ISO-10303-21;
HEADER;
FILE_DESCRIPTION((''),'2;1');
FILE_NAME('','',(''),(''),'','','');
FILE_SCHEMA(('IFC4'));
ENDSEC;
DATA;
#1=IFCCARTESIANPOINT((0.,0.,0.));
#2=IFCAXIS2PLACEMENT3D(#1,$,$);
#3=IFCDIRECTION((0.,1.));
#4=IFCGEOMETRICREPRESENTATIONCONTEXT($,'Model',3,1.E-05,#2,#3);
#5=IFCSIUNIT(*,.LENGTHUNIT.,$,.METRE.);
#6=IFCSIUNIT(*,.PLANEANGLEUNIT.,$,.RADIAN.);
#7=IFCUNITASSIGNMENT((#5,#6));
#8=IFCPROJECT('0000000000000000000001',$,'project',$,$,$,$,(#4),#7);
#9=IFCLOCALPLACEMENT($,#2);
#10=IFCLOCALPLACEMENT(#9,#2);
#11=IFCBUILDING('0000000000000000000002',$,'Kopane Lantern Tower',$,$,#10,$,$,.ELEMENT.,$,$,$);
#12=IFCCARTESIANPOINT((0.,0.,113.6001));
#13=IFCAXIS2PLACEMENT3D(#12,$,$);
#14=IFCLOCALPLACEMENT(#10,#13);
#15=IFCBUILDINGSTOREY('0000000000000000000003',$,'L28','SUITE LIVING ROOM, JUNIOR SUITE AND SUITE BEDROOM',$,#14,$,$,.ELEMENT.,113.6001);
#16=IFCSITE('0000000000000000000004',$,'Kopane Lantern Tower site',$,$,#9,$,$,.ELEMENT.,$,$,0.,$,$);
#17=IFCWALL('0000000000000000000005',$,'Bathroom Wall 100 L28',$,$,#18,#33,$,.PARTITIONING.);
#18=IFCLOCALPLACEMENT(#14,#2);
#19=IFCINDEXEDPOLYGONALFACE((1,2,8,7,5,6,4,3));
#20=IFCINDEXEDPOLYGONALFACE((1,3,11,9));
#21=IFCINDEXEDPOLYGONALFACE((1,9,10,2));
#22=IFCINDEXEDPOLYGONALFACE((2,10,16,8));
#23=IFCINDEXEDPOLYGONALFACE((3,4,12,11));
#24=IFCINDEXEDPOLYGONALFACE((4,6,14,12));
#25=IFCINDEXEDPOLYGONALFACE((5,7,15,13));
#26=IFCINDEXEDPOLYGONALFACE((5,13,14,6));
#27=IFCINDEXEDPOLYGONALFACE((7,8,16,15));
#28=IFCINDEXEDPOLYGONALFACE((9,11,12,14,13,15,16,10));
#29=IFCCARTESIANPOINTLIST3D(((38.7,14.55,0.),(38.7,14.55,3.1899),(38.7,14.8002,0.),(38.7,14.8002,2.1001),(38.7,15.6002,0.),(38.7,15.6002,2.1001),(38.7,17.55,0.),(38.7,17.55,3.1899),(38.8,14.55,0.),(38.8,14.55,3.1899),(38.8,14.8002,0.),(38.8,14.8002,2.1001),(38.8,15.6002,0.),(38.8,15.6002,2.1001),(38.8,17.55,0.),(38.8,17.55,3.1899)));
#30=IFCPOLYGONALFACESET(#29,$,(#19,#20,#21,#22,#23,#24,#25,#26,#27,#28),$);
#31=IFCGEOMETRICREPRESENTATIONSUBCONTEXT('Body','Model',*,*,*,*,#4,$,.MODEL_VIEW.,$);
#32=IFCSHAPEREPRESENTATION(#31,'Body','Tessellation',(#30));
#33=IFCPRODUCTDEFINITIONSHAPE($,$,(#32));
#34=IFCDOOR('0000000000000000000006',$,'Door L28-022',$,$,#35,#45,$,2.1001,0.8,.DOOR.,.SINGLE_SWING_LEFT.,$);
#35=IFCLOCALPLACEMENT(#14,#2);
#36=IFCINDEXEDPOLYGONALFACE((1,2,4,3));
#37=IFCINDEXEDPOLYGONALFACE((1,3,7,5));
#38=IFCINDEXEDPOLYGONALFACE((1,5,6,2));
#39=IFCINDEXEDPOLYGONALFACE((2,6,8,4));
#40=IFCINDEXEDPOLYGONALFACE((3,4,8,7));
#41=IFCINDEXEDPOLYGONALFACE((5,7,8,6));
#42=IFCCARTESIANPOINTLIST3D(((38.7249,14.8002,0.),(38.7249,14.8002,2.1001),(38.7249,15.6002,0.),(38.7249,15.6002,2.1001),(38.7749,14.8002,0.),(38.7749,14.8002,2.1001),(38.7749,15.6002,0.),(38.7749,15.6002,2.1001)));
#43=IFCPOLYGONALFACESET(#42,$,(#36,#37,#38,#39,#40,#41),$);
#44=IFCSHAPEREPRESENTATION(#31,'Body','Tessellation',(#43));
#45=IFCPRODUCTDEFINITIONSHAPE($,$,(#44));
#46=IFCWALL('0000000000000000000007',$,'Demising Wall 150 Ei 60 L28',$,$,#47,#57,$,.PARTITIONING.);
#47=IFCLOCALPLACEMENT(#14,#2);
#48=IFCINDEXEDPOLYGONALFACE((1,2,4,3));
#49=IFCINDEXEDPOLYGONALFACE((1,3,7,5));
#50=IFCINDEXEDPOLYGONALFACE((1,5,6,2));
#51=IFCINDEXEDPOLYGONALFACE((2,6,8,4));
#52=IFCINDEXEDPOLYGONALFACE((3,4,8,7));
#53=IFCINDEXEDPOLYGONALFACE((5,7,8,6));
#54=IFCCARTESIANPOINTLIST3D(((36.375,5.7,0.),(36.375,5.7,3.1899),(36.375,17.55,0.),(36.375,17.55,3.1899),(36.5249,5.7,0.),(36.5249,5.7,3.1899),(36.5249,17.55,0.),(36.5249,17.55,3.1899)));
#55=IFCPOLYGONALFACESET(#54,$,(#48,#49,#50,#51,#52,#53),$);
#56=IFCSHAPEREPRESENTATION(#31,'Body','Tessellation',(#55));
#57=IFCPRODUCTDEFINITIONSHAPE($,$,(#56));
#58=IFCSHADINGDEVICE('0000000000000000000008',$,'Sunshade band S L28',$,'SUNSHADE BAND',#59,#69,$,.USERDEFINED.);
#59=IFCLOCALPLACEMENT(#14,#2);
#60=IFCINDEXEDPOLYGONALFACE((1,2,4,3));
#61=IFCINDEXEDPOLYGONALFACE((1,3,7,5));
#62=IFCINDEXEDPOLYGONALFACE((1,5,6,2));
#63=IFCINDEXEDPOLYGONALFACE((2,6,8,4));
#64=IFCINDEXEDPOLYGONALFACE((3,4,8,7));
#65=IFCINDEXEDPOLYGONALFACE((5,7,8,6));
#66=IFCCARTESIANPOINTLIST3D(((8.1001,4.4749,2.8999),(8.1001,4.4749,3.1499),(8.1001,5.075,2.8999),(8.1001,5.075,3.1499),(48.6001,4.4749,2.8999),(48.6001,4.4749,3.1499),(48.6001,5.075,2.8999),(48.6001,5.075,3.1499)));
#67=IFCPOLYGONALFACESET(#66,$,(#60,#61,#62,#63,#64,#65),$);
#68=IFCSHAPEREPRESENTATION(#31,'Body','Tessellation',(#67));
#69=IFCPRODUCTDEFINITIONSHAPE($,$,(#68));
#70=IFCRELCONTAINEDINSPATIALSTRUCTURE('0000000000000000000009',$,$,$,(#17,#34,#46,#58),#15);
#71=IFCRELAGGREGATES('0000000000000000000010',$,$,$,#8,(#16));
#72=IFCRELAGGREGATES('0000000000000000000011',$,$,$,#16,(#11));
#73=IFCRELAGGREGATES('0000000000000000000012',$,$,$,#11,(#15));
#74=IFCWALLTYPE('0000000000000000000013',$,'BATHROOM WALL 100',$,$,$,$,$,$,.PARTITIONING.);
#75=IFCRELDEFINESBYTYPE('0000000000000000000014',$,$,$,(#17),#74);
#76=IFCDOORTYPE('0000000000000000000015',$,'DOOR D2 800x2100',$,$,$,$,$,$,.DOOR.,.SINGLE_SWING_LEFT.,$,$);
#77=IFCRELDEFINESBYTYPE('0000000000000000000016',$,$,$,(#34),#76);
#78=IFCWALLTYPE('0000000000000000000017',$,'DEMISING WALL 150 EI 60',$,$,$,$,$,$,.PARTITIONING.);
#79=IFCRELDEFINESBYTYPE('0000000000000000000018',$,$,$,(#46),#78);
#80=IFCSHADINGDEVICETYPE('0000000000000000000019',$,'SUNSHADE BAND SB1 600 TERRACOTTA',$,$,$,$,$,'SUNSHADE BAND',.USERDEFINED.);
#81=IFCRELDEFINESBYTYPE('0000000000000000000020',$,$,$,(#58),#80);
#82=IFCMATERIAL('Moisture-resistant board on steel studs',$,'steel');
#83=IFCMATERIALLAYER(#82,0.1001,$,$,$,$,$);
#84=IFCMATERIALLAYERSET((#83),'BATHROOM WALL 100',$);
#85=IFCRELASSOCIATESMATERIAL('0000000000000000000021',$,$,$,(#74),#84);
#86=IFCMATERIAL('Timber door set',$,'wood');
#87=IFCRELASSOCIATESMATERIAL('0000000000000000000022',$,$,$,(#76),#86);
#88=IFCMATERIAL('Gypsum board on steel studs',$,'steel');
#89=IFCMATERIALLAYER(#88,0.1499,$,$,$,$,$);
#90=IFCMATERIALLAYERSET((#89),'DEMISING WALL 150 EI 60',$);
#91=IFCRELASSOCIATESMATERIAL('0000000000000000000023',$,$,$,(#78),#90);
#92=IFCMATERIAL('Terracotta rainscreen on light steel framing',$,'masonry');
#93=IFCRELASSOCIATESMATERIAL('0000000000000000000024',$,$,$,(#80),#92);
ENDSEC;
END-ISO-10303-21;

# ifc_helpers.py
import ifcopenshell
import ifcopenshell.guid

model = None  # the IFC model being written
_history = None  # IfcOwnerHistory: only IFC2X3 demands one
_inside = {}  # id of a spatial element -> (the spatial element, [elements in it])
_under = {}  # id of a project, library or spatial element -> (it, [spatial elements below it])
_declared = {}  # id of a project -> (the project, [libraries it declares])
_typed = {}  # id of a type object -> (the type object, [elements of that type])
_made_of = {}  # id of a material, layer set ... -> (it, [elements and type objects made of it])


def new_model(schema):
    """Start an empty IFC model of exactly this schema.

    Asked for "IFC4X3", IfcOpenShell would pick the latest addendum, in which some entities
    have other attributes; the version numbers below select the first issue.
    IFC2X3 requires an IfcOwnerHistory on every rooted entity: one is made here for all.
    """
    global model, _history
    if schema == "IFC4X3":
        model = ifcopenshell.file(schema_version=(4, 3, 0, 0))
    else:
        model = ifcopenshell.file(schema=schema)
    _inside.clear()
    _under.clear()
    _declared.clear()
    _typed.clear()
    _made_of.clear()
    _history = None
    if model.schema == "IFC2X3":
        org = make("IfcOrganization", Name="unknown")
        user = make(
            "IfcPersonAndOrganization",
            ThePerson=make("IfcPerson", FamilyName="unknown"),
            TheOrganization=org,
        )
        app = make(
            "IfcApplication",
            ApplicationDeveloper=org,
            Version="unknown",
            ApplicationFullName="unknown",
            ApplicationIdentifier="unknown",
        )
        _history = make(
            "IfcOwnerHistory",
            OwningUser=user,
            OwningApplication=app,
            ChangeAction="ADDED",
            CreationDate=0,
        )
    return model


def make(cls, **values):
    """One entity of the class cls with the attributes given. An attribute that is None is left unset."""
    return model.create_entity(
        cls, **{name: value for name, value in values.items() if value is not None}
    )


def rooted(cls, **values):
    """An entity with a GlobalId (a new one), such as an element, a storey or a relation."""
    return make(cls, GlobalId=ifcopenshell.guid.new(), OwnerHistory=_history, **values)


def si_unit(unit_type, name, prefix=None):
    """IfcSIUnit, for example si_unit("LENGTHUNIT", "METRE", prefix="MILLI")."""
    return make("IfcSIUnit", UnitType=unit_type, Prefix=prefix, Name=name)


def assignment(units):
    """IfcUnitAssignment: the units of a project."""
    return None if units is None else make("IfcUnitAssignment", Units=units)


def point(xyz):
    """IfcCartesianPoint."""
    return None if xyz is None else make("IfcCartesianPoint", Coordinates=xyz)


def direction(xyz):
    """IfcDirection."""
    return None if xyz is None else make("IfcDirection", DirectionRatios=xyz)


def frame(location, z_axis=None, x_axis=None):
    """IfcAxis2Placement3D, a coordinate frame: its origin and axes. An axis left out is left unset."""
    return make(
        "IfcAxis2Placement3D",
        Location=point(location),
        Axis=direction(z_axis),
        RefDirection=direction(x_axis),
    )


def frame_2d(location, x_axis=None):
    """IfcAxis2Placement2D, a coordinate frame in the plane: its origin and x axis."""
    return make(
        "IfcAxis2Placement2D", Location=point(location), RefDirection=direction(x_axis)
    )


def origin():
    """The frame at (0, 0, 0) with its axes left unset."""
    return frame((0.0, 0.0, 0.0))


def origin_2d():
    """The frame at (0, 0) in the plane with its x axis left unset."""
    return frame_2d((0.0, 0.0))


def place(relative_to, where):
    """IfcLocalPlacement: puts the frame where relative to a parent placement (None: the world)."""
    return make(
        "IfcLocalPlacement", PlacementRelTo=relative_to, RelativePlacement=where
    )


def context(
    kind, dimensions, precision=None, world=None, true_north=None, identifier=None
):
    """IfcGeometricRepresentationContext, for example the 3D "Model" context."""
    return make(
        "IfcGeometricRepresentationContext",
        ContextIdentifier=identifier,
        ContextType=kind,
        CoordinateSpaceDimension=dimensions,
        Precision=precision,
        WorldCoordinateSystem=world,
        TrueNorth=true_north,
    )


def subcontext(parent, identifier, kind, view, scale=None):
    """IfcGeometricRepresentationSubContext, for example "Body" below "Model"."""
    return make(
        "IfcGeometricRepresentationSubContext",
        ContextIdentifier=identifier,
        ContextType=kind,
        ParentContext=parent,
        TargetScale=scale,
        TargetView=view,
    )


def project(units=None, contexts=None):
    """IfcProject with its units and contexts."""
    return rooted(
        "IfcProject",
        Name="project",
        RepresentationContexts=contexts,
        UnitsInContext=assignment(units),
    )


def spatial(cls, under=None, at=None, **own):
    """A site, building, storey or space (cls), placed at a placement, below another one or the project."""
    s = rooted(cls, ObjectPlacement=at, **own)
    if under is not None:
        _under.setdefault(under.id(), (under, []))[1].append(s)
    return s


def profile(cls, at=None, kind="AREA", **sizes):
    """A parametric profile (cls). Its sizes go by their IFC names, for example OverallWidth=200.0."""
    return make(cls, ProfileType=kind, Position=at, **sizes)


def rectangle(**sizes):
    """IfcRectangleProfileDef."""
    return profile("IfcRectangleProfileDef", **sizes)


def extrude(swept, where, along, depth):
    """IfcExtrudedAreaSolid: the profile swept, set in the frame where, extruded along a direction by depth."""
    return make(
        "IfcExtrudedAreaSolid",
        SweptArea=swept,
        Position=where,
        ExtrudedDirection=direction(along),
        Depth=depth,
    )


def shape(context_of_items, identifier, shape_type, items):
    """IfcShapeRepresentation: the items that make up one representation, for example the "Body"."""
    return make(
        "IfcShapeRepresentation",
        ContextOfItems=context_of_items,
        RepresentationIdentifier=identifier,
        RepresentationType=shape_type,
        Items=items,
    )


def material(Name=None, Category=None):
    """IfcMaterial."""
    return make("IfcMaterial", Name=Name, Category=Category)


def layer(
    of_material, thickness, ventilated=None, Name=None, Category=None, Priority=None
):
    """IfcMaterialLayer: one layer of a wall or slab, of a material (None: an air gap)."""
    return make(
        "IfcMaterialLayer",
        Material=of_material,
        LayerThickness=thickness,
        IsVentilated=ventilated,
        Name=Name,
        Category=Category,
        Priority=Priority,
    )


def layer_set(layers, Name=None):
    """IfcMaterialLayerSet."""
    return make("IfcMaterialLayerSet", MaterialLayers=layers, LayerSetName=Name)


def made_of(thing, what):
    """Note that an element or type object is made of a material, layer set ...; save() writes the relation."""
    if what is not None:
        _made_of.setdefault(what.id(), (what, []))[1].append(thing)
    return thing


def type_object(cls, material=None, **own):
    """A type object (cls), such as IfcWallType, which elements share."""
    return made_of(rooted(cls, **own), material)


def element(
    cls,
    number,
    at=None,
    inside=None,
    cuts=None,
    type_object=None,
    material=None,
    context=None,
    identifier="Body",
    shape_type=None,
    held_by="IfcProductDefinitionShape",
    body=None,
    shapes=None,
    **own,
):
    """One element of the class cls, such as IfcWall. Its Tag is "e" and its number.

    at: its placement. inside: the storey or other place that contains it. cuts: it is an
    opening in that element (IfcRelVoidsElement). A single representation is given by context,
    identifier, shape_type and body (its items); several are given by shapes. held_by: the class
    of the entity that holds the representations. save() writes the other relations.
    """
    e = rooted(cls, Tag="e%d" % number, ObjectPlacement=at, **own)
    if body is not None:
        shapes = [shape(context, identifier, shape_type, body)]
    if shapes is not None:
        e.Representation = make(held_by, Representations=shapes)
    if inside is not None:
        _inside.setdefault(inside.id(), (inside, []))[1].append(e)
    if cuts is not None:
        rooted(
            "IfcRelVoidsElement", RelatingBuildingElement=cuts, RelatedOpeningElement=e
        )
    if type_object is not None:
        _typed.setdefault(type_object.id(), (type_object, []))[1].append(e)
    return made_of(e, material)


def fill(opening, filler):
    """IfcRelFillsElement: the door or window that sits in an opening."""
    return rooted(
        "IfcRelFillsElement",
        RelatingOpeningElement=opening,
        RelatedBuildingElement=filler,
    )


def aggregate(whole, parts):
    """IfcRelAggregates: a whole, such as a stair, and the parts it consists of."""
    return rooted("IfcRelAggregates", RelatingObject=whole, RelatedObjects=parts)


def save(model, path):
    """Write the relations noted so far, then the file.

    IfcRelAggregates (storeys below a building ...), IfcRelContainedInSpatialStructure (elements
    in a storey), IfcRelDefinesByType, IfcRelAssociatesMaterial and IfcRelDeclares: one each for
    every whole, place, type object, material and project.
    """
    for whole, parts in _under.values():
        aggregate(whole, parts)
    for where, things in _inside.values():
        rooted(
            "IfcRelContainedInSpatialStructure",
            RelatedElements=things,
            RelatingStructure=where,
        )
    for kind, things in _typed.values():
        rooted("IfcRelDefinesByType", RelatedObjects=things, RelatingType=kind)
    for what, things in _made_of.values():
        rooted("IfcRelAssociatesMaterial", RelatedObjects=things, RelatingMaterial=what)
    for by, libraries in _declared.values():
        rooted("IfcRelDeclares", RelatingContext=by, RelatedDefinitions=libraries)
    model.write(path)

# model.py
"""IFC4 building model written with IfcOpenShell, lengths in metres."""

from ifc_helpers import new_model, si_unit, direction, frame, frame_2d, origin, origin_2d, place, context, subcontext, project, spatial, rectangle, extrude, material, layer, layer_set, type_object, element, fill, save


model = new_model("IFC4")

# Units and contexts
model_context = context("Model", 3, precision=1e-05, world=origin(), true_north=direction((0.0, 1.0)))
body_context = subcontext(model_context, "Body", "Model", "MODEL_VIEW")
ifc_project = project(units=[si_unit("LENGTHUNIT", "METRE"), si_unit("PLANEANGLEUNIT", "RADIAN")], contexts=[model_context])

# Site, building, storey
site_placement = place(None, origin())
site = spatial("IfcSite", under=ifc_project, at=site_placement, Name="Kopane Lantern Tower site", CompositionType="ELEMENT", RefElevation=0.0)
building_placement = place(site_placement, origin())
building = spatial("IfcBuilding", under=site, at=building_placement, Name="Kopane Lantern Tower", CompositionType="ELEMENT")
storey_placement = place(building_placement, frame((0.0, 0.0, 113.6001)))
storey = spatial("IfcBuildingStorey", under=building, at=storey_placement, Name="L28", Description="SUITE LIVING ROOM, JUNIOR SUITE AND SUITE BEDROOM", CompositionType="ELEMENT", Elevation=113.6001)

# Shared definitions
ifc_material_1 = material(Name="Moisture-resistant board on steel studs", Category="steel")
ifc_layer_1 = layer(ifc_material_1, 0.1001)
ifc_layer_set_1 = layer_set([ifc_layer_1], Name="BATHROOM WALL 100")
wall_type_1 = type_object("IfcWallType", Name="BATHROOM WALL 100", PredefinedType="PARTITIONING", material=ifc_layer_set_1)

# Shared definitions
ifc_material_2 = material(Name="Timber door set", Category="wood")
door_type_1 = type_object("IfcDoorType", Name="DOOR D2 800x2100", OperationType="SINGLE_SWING_LEFT", PredefinedType="DOOR", material=ifc_material_2)

# Wall, opening, door
wall_1_placement = place(storey_placement, frame((38.75, 17.55, 0.0), z_axis=(0.0, 0.0, 1.0), x_axis=(0.0, -1.0, 0.0)))
wall_1 = element("IfcWall", 1, at=wall_1_placement, inside=storey, type_object=wall_type_1, Name="Bathroom Wall 100 L28", PredefinedType="PARTITIONING", context=body_context, shape_type="SweptSolid", body=[
    extrude(rectangle(XDim=3.0, YDim=0.1001, at=frame_2d((1.5, 0.0))), origin(), (0.0, 0.0, 1.0), 3.1899),
])
opening_1_placement = place(wall_1_placement, frame((1.95, 0.0, 0.0)))
opening_1 = element("IfcOpeningElement", 2, at=opening_1_placement, cuts=wall_1, PredefinedType="OPENING", context=body_context, shape_type="SweptSolid", body=[
    extrude(rectangle(XDim=0.8, YDim=2.1001, at=frame_2d((0.3999, 1.05))), frame((0.0, 0.0601, 0.0), z_axis=(0.0, -1.0, 0.0), x_axis=(1.0, 0.0, 0.0)), (0.0, 0.0, 1.0), 0.1201),
])
door_1_placement = place(opening_1_placement, origin())
door_1 = element("IfcDoor", 3, at=door_1_placement, inside=storey, type_object=door_type_1, Name="Door L28-022", OperationType="SINGLE_SWING_LEFT", OverallHeight=2.1001, OverallWidth=0.8, PredefinedType="DOOR", context=body_context, shape_type="SweptSolid", body=[
    extrude(rectangle(XDim=0.8, YDim=2.1001, at=frame_2d((0.3999, 1.05))), frame((0.0, 0.0249, 0.0), z_axis=(0.0, -1.0, 0.0), x_axis=(1.0, 0.0, 0.0)), (0.0, 0.0, 1.0), 0.05),
])
fill(opening_1, door_1)

# Wall
ifc_material_3 = material(Name="Gypsum board on steel studs", Category="steel")
ifc_layer_2 = layer(ifc_material_3, 0.1499)
ifc_layer_set_2 = layer_set([ifc_layer_2], Name="DEMISING WALL 150 EI 60")
wall_type_2 = type_object("IfcWallType", Name="DEMISING WALL 150 EI 60", PredefinedType="PARTITIONING", material=ifc_layer_set_2)
wall_2_placement = place(storey_placement, frame((36.45, 17.55, 0.0), z_axis=(0.0, 0.0, 1.0), x_axis=(0.0, -1.0, 0.0)))
element("IfcWall", 4, at=wall_2_placement, inside=storey, type_object=wall_type_2, Name="Demising Wall 150 Ei 60 L28", PredefinedType="PARTITIONING", context=body_context, shape_type="SweptSolid", body=[
    extrude(rectangle(XDim=11.8501, YDim=0.1499, at=frame_2d((5.925, 0.0))), origin(), (0.0, 0.0, 1.0), 3.1899),
])

# Shading device
ifc_material_4 = material(Name="Terracotta rainscreen on light steel framing", Category="masonry")
shading_device_type = type_object("IfcShadingDeviceType", Name="SUNSHADE BAND SB1 600 TERRACOTTA", ElementType="SUNSHADE BAND", PredefinedType="USERDEFINED", material=ifc_material_4)
shading_device_placement = place(storey_placement, frame((28.3501, 4.7749, 2.8999), z_axis=(0.0, 0.0, 1.0), x_axis=(1.0, 0.0, 0.0)))
element("IfcShadingDevice", 5, at=shading_device_placement, inside=storey, type_object=shading_device_type, Name="Sunshade band S L28", ObjectType="SUNSHADE BAND", PredefinedType="USERDEFINED", context=body_context, shape_type="SweptSolid", body=[
    extrude(rectangle(XDim=40.5, YDim=0.6001, at=origin_2d()), origin(), (0.0, 0.0, 1.0), 0.25),
])

save(model, "model.ifc")
